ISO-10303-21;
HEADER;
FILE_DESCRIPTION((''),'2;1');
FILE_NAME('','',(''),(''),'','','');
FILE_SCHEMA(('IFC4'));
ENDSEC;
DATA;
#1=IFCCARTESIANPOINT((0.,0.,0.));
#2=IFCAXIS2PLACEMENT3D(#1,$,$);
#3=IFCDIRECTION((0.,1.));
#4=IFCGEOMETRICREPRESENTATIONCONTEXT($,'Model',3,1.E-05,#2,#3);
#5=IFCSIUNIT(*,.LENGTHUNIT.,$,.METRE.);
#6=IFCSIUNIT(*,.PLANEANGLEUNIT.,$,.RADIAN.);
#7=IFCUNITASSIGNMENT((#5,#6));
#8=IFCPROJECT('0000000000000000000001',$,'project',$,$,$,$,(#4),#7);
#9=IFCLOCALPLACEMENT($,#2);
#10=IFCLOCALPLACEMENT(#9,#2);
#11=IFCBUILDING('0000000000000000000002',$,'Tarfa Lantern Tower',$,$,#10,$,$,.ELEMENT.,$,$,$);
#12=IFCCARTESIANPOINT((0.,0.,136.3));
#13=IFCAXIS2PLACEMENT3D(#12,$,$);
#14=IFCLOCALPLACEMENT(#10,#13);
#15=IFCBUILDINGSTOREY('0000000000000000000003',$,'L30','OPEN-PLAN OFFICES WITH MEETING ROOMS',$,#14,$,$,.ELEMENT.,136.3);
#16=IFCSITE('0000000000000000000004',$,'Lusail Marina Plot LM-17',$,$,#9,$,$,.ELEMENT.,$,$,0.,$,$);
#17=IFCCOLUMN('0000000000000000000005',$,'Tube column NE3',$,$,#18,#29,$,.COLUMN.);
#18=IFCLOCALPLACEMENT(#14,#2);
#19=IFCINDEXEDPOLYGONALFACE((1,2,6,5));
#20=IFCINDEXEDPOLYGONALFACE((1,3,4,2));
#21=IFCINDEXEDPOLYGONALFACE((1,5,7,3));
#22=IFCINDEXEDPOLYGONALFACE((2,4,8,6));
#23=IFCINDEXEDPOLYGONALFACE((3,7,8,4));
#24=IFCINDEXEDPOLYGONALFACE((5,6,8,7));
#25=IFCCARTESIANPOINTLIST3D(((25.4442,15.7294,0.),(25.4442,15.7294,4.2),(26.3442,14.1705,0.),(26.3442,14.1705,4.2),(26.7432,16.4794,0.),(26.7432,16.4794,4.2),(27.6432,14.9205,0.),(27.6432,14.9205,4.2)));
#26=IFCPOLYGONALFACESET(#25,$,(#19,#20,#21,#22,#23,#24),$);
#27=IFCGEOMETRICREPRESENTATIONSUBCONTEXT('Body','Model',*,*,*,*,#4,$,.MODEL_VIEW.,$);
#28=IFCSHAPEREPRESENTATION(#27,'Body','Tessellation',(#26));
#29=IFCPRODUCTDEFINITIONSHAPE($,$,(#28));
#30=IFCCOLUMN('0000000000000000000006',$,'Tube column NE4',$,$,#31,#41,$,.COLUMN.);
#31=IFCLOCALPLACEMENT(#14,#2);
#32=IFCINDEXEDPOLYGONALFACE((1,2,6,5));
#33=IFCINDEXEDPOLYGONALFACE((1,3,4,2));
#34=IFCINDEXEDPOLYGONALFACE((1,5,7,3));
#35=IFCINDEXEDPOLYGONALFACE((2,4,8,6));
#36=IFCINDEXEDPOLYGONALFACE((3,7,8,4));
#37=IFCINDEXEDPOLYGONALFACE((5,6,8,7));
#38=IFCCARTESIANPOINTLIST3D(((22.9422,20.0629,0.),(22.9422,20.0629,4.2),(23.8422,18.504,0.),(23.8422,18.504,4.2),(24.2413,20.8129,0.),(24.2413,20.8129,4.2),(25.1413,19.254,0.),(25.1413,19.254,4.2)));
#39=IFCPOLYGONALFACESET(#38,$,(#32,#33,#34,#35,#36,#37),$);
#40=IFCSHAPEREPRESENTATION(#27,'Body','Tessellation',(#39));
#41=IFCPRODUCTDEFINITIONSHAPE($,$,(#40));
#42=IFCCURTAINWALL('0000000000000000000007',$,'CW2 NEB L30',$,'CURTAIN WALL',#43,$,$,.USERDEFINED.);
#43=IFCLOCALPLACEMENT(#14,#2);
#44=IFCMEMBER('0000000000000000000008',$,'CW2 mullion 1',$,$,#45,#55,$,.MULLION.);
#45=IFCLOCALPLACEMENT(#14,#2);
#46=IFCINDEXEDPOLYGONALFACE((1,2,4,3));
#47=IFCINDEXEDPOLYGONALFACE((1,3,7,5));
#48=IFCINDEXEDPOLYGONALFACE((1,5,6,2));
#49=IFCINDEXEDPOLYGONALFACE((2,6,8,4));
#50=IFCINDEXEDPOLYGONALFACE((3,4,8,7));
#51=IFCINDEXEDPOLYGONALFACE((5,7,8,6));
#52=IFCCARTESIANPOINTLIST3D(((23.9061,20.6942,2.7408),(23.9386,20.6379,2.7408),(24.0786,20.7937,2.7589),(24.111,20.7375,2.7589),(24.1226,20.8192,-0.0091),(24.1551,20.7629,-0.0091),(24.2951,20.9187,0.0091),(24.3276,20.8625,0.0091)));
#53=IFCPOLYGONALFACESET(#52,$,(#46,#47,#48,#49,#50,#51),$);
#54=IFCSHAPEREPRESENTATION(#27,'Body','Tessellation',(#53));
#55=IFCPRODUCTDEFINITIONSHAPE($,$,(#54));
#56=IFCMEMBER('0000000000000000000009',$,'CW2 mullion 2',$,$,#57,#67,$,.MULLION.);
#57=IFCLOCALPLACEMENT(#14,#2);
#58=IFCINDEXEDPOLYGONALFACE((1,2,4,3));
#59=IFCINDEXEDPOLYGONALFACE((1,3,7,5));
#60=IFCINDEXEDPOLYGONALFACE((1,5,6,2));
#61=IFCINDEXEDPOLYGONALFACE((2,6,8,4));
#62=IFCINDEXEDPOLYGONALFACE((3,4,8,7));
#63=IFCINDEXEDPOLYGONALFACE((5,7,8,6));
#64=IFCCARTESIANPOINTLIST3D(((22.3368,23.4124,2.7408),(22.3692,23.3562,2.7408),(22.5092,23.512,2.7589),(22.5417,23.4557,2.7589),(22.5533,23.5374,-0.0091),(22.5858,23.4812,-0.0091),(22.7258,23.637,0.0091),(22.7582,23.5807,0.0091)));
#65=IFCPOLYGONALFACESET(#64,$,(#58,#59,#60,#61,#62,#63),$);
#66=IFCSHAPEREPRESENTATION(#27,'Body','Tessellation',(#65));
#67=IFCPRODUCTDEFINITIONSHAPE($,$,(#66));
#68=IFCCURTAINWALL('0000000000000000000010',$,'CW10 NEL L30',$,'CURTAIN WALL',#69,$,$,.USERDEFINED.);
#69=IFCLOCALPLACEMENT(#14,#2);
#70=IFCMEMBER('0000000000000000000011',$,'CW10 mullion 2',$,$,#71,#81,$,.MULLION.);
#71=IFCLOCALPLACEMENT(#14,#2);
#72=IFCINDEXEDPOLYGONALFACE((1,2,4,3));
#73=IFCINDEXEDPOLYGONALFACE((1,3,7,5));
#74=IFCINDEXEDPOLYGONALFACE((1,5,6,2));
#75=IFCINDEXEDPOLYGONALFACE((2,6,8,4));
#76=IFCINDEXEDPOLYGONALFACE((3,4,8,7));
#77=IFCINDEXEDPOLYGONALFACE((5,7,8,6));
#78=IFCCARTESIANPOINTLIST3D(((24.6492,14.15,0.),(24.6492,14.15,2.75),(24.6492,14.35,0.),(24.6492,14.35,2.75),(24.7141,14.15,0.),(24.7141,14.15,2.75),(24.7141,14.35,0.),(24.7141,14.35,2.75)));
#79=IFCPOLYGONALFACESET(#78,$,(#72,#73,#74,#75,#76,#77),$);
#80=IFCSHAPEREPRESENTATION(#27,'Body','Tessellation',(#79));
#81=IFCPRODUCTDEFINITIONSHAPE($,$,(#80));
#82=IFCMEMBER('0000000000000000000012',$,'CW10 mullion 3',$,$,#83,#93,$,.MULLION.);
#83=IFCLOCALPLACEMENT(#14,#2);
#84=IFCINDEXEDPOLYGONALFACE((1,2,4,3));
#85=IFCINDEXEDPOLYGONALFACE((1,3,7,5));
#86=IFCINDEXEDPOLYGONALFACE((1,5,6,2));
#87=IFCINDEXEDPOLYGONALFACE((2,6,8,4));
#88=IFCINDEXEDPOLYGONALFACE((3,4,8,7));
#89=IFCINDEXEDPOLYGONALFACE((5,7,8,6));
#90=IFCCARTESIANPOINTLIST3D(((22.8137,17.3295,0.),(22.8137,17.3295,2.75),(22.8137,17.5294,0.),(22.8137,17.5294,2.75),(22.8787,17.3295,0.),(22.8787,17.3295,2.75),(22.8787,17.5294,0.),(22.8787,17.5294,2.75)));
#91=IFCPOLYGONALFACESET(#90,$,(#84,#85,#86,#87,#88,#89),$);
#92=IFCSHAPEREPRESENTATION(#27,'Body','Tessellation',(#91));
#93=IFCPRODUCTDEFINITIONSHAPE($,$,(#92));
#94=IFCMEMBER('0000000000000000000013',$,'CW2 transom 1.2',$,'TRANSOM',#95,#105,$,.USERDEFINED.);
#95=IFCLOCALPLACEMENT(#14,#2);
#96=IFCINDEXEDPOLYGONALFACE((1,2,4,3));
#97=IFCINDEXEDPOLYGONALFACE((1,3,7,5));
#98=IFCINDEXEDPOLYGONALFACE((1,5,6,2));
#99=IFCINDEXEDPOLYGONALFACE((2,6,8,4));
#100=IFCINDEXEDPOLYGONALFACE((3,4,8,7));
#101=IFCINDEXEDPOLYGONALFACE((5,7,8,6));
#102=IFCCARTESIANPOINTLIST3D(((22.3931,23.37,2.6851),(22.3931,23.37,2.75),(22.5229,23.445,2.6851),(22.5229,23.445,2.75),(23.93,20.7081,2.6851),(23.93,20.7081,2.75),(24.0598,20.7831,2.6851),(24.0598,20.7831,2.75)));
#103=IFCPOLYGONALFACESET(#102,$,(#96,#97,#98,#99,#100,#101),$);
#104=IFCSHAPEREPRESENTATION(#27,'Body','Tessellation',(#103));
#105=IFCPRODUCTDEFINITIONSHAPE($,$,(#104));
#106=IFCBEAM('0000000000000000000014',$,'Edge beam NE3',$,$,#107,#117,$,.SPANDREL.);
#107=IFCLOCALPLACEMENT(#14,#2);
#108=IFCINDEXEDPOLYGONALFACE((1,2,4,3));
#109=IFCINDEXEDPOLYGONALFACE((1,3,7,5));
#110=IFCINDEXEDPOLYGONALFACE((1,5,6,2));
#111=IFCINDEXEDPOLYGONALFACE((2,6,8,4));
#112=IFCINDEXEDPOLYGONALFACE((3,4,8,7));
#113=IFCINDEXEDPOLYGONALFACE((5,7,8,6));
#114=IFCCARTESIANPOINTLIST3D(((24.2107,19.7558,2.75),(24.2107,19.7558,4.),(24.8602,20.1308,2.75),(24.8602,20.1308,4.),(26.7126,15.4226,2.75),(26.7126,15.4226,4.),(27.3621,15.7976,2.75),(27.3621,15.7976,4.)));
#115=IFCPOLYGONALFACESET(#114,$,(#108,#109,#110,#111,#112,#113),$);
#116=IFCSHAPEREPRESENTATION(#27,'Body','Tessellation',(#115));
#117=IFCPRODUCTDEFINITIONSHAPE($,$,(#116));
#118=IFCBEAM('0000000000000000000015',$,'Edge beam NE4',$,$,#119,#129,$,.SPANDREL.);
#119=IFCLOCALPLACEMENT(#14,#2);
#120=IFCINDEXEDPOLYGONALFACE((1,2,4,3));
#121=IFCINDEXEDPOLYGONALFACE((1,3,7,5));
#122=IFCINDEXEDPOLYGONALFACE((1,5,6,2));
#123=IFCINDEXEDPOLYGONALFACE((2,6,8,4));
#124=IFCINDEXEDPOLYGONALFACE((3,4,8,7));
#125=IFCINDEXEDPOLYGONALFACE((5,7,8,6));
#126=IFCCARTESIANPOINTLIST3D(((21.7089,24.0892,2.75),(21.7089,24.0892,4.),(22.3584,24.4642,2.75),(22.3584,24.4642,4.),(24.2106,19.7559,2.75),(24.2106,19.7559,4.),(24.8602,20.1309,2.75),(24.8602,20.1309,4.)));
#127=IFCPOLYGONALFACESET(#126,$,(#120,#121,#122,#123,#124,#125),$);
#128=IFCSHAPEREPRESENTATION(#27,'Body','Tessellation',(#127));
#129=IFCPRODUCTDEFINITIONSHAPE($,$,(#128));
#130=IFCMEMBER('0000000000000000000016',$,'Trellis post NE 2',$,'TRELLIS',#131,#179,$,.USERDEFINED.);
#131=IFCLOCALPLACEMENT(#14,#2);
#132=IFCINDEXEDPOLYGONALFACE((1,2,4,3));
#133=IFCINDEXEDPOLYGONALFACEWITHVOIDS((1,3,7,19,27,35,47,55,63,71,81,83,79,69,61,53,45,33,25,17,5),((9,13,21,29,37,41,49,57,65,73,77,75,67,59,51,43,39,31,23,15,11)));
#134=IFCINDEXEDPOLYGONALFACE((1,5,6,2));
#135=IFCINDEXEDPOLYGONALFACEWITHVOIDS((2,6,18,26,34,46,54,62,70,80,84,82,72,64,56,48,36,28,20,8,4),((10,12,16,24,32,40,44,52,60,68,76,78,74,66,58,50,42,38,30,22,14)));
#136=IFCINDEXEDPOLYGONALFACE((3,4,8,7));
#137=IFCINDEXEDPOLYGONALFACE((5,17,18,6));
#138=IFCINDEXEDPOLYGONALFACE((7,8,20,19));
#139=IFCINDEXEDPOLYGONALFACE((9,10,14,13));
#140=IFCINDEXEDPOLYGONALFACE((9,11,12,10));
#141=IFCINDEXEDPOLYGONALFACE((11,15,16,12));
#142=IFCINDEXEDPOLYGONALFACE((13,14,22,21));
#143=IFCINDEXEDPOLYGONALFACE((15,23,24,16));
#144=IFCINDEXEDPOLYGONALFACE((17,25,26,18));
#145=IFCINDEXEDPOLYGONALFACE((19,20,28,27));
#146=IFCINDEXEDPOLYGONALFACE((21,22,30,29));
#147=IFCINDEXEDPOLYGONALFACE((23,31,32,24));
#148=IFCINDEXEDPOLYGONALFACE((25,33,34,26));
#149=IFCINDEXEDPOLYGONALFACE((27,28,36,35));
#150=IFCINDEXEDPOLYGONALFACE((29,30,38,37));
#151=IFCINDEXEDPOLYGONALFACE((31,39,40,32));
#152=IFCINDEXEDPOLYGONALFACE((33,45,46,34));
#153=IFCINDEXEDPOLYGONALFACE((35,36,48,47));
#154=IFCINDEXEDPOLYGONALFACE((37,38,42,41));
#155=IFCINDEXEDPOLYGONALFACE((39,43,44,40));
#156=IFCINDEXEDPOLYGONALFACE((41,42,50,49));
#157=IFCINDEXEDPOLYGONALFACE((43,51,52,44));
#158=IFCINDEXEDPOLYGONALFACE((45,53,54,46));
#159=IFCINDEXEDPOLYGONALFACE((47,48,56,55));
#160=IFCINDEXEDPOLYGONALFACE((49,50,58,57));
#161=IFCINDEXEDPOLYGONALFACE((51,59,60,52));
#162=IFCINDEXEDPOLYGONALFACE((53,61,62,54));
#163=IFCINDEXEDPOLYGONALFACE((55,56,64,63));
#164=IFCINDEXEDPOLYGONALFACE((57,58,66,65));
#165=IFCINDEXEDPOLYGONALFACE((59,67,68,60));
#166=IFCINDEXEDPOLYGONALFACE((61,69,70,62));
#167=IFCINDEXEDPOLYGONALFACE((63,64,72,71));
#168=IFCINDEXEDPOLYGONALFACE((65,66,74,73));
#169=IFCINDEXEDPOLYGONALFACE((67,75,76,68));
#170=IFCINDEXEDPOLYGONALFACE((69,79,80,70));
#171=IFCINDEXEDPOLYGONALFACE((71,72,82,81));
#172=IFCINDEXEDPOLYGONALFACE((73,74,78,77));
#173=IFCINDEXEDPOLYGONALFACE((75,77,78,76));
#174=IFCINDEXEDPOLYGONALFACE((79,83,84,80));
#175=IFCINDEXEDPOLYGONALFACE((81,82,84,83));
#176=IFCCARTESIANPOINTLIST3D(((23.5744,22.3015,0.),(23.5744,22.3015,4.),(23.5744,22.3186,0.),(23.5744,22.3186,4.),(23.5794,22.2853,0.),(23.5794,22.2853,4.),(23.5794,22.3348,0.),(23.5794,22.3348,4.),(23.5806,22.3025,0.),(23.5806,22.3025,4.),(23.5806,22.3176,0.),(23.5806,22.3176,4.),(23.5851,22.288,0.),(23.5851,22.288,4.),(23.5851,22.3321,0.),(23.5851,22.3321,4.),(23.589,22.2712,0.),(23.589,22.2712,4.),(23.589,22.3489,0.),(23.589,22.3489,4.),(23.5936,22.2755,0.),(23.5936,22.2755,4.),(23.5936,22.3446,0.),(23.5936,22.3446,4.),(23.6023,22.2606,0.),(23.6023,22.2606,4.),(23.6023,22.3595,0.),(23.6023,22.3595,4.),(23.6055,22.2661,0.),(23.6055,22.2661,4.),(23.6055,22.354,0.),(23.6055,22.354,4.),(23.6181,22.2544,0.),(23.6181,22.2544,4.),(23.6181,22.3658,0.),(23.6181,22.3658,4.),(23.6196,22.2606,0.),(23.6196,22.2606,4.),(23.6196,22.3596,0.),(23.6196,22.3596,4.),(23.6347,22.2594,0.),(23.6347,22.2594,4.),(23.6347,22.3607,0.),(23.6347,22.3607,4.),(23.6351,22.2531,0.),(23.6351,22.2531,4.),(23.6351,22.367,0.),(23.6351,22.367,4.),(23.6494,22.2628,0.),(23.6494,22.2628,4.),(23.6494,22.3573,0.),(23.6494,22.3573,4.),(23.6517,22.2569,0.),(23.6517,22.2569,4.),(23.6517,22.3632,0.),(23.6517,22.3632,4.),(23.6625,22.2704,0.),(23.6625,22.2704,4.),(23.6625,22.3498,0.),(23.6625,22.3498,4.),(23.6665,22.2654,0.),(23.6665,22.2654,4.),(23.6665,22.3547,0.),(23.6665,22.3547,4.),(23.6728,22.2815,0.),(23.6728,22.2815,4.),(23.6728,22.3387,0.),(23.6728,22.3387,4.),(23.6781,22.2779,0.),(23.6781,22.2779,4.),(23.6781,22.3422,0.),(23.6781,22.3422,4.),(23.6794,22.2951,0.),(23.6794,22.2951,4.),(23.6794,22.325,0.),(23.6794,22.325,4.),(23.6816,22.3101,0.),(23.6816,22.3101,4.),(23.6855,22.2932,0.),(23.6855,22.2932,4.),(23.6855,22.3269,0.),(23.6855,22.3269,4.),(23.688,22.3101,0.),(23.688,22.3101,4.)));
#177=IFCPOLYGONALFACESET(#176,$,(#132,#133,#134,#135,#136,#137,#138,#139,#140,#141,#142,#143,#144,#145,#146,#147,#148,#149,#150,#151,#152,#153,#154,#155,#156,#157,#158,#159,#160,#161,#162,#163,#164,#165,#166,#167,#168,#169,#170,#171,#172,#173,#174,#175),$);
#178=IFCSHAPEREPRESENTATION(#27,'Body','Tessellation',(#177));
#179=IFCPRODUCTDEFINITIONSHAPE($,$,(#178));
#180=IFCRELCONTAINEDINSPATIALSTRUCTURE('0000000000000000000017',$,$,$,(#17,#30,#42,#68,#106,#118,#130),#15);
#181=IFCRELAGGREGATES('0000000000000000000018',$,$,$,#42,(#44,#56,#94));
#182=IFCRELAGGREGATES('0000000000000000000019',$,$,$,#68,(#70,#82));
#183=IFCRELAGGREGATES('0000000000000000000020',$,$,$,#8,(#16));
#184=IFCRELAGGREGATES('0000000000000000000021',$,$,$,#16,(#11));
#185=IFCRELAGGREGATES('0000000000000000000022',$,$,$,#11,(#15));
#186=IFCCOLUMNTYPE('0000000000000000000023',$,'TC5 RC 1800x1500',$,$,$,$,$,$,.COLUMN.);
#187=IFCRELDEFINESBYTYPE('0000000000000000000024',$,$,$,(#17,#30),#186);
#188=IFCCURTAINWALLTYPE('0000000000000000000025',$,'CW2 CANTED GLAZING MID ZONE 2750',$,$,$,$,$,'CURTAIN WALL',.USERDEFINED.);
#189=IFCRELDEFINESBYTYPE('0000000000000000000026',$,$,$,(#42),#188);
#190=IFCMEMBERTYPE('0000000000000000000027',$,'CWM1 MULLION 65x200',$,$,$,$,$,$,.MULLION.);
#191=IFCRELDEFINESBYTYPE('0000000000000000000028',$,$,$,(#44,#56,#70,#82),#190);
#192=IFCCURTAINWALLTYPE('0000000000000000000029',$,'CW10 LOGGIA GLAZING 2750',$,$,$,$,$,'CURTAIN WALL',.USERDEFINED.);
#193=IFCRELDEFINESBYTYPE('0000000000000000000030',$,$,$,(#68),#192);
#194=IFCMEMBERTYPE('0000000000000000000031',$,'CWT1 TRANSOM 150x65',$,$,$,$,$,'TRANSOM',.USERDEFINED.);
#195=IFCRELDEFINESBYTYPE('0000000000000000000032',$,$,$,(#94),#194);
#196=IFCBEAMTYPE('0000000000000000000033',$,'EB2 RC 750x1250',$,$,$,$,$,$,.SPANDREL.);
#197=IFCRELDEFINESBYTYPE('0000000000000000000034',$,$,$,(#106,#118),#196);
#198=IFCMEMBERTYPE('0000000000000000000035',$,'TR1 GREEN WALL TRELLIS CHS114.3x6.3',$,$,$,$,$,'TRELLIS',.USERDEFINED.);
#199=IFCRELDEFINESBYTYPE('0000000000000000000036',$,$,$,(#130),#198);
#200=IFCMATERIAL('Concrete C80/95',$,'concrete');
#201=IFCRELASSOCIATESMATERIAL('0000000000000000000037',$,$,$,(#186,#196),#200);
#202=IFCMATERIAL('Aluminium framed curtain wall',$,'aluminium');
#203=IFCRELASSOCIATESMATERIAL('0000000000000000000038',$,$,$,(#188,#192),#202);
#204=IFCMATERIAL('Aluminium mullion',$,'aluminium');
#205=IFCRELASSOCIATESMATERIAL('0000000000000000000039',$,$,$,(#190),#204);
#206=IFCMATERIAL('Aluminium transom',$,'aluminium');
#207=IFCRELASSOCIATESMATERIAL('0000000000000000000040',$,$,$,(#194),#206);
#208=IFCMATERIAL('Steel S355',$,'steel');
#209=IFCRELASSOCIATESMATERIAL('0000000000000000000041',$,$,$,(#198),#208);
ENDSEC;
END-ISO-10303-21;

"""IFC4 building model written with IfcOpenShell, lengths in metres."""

from ifc_helpers import new_model, si_unit, direction, frame, origin, origin_2d, place, context, subcontext, project, spatial, rectangle, hollow_circle, extrude, material, material_profile, profile_set, type_object, element, aggregate, save


model = new_model("IFC4")

# Units and contexts
model_context = context("Model", 3, precision=1e-05, world=origin(), true_north=direction((0.0, 1.0)))
body_context = subcontext(model_context, "Body", "Model", "MODEL_VIEW")
ifc_project = project(units=[si_unit("LENGTHUNIT", "METRE"), si_unit("PLANEANGLEUNIT", "RADIAN")], contexts=[model_context])

# Site, building, storey
site_placement = place(None, origin())
site = spatial("IfcSite", under=ifc_project, at=site_placement, Name="Lusail Marina Plot LM-17", CompositionType="ELEMENT", RefElevation=0.0)
building_placement = place(site_placement, origin())
building = spatial("IfcBuilding", under=site, at=building_placement, Name="Tarfa Lantern Tower", CompositionType="ELEMENT")
storey_placement = place(building_placement, frame((0.0, 0.0, 136.3)))
storey = spatial("IfcBuildingStorey", under=building, at=storey_placement, Name="L30", Description="OPEN-PLAN OFFICES WITH MEETING ROOMS", CompositionType="ELEMENT", Elevation=136.3)

# Columns
ifc_material_1 = material(Name="Concrete C80/95", Category="concrete")
ifc_material_profile_1 = material_profile(ifc_material_1, rectangle(XDim=1.8, YDim=1.5, at=origin_2d()), Name="RC 1800x1500")
ifc_profile_set_1 = profile_set([ifc_material_profile_1], Name="Concrete C80/95")
column_type = type_object("IfcColumnType", Name="TC5 RC 1800x1500", PredefinedType="COLUMN", material=ifc_profile_set_1)
for number, where, z_axis, x_axis, name in (
    (1, (26.5437, 15.325, 0.0), (0.0, 0.0, 1.0), (-0.5, 0.866025, 0.0), "Tube column NE3"),
    (2, (24.0417, 19.6584, 0.0), (0.0, 0.0, 1.0), (-0.5, 0.866025, 0.0), "Tube column NE4"),
):
    element("IfcColumn", number, at=place(storey_placement, frame(where, z_axis=z_axis, x_axis=x_axis)), inside=storey, type_object=column_type, Name=name, PredefinedType="COLUMN", context=body_context, shape_type="SweptSolid", body=[
        extrude(rectangle(XDim=1.8, YDim=1.5, at=origin_2d()), origin(), (0.0, 0.0, 1.0), 4.2),
    ])

# Curtain walls, members
ifc_material_2 = material(Name="Aluminium framed curtain wall", Category="aluminium")
curtain_wall_type_1 = type_object("IfcCurtainWallType", Name="CW2 CANTED GLAZING MID ZONE 2750", ElementType="CURTAIN WALL", PredefinedType="USERDEFINED", material=ifc_material_2)
curtain_wall_1_placement = place(storey_placement, origin())
curtain_wall_1 = element("IfcCurtainWall", 3, at=curtain_wall_1_placement, inside=storey, type_object=curtain_wall_type_1, Name="CW2 NEB L30", ObjectType="CURTAIN WALL", PredefinedType="USERDEFINED")
ifc_material_3 = material(Name="Aluminium mullion", Category="aluminium")
ifc_material_profile_2 = material_profile(ifc_material_3, rectangle(XDim=0.0649, YDim=0.2, at=origin_2d()), Name="AL MULLION 65x200")
ifc_profile_set_2 = profile_set([ifc_material_profile_2], Name="Aluminium mullion")
member_type_1 = type_object("IfcMemberType", Name="CWM1 MULLION 65x200", PredefinedType="MULLION", material=ifc_profile_set_2)
member_1_placement = place(storey_placement, frame((24.2251, 20.8408, 0.0), z_axis=(-0.078423, -0.045268, 0.995892), x_axis=(0.49992, -0.866072, 0.0)))
member_1 = element("IfcMember", 4, at=member_1_placement, type_object=member_type_1, Name="CW2 mullion 1", PredefinedType="MULLION", context=body_context, shape_type="SweptSolid", body=[
    extrude(rectangle(XDim=0.0649, YDim=0.2, at=origin_2d()), origin(), (0.0, 0.0, 1.0), 2.7612),
])
member_2_placement = place(storey_placement, frame((22.6558, 23.5591, 0.0), z_axis=(-0.078423, -0.045268, 0.995892), x_axis=(0.49992, -0.866072, 0.0)))
member_2 = element("IfcMember", 5, at=member_2_placement, type_object=member_type_1, Name="CW2 mullion 2", PredefinedType="MULLION", context=body_context, shape_type="SweptSolid", body=[
    extrude(rectangle(XDim=0.0649, YDim=0.2, at=origin_2d()), origin(), (0.0, 0.0, 1.0), 2.7612),
])
curtain_wall_type_2 = type_object("IfcCurtainWallType", Name="CW10 LOGGIA GLAZING 2750", ElementType="CURTAIN WALL", PredefinedType="USERDEFINED", material=ifc_material_2)
curtain_wall_2_placement = place(storey_placement, origin())
curtain_wall_2 = element("IfcCurtainWall", 6, at=curtain_wall_2_placement, inside=storey, type_object=curtain_wall_type_2, Name="CW10 NEL L30", ObjectType="CURTAIN WALL", PredefinedType="USERDEFINED")
member_3_placement = place(storey_placement, frame((24.6816, 14.25, 0.0), z_axis=(0.0, 0.0, 1.0), x_axis=(1.0, 0.0, 0.0)))
member_3 = element("IfcMember", 7, at=member_3_placement, type_object=member_type_1, Name="CW10 mullion 2", PredefinedType="MULLION", context=body_context, shape_type="SweptSolid", body=[
    extrude(rectangle(XDim=0.0649, YDim=0.2, at=origin_2d()), origin(), (0.0, 0.0, 1.0), 2.75),
])
member_4_placement = place(storey_placement, frame((22.8462, 17.4294, 0.0), z_axis=(0.0, 0.0, 1.0), x_axis=(1.0, 0.0, 0.0)))
member_4 = element("IfcMember", 8, at=member_4_placement, type_object=member_type_1, Name="CW10 mullion 3", PredefinedType="MULLION", context=body_context, shape_type="SweptSolid", body=[
    extrude(rectangle(XDim=0.0649, YDim=0.2, at=origin_2d()), origin(), (0.0, 0.0, 1.0), 2.75),
])

# Member
ifc_material_4 = material(Name="Aluminium transom", Category="aluminium")
ifc_material_profile_3 = material_profile(ifc_material_4, rectangle(XDim=0.1499, YDim=0.0649, at=origin_2d()), Name="AL TRANSOM 150x65")
ifc_profile_set_3 = profile_set([ifc_material_profile_3], Name="Aluminium transom")
member_type_2 = type_object("IfcMemberType", Name="CWT1 TRANSOM 150x65", ElementType="TRANSOM", PredefinedType="USERDEFINED", material=ifc_profile_set_3)
member_5_placement = place(storey_placement, frame((23.9949, 20.7456, 2.7175), z_axis=(-0.500009, 0.86602, 0.0), x_axis=(-0.86602, -0.500009, 0.0)))
member_5 = element("IfcMember", 9, at=member_5_placement, type_object=member_type_2, Name="CW2 transom 1.2", ObjectType="TRANSOM", PredefinedType="USERDEFINED", context=body_context, shape_type="SweptSolid", body=[
    extrude(rectangle(XDim=0.1499, YDim=0.0649, at=origin_2d()), origin(), (0.0, 0.0, 1.0), 3.0737),
])

# Beams
ifc_material_profile_4 = material_profile(ifc_material_1, rectangle(XDim=0.75, YDim=1.25, at=origin_2d()), Name="RC 750x1250")
ifc_profile_set_4 = profile_set([ifc_material_profile_4], Name="Concrete C80/95")
beam_type_1 = type_object("IfcBeamType", Name="EB2 RC 750x1250", PredefinedType="SPANDREL", material=ifc_profile_set_4)
for number, where, z_axis, x_axis, name in (
    (10, (27.0374, 15.6101, 3.375), (-0.500022, 0.866013, 0.0), (-0.866013, -0.500022, 0.0), "Edge beam NE3"),
    (11, (24.5354, 19.9434, 3.375), (-0.499986, 0.866034, 0.0), (-0.866034, -0.499986, 0.0), "Edge beam NE4"),
):
    element("IfcBeam", number, at=place(storey_placement, frame(where, z_axis=z_axis, x_axis=x_axis)), inside=storey, type_object=beam_type_1, Name=name, PredefinedType="SPANDREL", context=body_context, shape_type="SweptSolid", body=[
        extrude(rectangle(XDim=0.75, YDim=1.25, at=origin_2d()), origin(), (0.0, 0.0, 1.0), 5.0037),
    ])

# Member
ifc_material_5 = material(Name="Steel S355", Category="steel")
ifc_material_profile_5 = material_profile(ifc_material_5, hollow_circle(Radius=0.0571, WallThickness=0.0063, at=origin_2d()), Name="CHS114.3x6.3")
ifc_profile_set_5 = profile_set([ifc_material_profile_5], Name="Steel S355")
member_type_3 = type_object("IfcMemberType", Name="TR1 GREEN WALL TRELLIS CHS114.3x6.3", ElementType="TRELLIS", PredefinedType="USERDEFINED", material=ifc_profile_set_5)
member_6_placement = place(storey_placement, frame((23.6309, 22.3101, 0.0), z_axis=(0.0, 0.0, 1.0), x_axis=(1.0, 0.0, 0.0)))
element("IfcMember", 12, at=member_6_placement, inside=storey, type_object=member_type_3, Name="Trellis post NE 2", ObjectType="TRELLIS", PredefinedType="USERDEFINED", context=body_context, shape_type="SweptSolid", body=[
    extrude(hollow_circle(Radius=0.0571, WallThickness=0.0063, at=origin_2d()), origin(), (0.0, 0.0, 1.0), 4.0),
])

aggregate(curtain_wall_1, [member_1, member_2, member_5])
aggregate(curtain_wall_2, [member_3, member_4])

save(model, "model.ifc")
